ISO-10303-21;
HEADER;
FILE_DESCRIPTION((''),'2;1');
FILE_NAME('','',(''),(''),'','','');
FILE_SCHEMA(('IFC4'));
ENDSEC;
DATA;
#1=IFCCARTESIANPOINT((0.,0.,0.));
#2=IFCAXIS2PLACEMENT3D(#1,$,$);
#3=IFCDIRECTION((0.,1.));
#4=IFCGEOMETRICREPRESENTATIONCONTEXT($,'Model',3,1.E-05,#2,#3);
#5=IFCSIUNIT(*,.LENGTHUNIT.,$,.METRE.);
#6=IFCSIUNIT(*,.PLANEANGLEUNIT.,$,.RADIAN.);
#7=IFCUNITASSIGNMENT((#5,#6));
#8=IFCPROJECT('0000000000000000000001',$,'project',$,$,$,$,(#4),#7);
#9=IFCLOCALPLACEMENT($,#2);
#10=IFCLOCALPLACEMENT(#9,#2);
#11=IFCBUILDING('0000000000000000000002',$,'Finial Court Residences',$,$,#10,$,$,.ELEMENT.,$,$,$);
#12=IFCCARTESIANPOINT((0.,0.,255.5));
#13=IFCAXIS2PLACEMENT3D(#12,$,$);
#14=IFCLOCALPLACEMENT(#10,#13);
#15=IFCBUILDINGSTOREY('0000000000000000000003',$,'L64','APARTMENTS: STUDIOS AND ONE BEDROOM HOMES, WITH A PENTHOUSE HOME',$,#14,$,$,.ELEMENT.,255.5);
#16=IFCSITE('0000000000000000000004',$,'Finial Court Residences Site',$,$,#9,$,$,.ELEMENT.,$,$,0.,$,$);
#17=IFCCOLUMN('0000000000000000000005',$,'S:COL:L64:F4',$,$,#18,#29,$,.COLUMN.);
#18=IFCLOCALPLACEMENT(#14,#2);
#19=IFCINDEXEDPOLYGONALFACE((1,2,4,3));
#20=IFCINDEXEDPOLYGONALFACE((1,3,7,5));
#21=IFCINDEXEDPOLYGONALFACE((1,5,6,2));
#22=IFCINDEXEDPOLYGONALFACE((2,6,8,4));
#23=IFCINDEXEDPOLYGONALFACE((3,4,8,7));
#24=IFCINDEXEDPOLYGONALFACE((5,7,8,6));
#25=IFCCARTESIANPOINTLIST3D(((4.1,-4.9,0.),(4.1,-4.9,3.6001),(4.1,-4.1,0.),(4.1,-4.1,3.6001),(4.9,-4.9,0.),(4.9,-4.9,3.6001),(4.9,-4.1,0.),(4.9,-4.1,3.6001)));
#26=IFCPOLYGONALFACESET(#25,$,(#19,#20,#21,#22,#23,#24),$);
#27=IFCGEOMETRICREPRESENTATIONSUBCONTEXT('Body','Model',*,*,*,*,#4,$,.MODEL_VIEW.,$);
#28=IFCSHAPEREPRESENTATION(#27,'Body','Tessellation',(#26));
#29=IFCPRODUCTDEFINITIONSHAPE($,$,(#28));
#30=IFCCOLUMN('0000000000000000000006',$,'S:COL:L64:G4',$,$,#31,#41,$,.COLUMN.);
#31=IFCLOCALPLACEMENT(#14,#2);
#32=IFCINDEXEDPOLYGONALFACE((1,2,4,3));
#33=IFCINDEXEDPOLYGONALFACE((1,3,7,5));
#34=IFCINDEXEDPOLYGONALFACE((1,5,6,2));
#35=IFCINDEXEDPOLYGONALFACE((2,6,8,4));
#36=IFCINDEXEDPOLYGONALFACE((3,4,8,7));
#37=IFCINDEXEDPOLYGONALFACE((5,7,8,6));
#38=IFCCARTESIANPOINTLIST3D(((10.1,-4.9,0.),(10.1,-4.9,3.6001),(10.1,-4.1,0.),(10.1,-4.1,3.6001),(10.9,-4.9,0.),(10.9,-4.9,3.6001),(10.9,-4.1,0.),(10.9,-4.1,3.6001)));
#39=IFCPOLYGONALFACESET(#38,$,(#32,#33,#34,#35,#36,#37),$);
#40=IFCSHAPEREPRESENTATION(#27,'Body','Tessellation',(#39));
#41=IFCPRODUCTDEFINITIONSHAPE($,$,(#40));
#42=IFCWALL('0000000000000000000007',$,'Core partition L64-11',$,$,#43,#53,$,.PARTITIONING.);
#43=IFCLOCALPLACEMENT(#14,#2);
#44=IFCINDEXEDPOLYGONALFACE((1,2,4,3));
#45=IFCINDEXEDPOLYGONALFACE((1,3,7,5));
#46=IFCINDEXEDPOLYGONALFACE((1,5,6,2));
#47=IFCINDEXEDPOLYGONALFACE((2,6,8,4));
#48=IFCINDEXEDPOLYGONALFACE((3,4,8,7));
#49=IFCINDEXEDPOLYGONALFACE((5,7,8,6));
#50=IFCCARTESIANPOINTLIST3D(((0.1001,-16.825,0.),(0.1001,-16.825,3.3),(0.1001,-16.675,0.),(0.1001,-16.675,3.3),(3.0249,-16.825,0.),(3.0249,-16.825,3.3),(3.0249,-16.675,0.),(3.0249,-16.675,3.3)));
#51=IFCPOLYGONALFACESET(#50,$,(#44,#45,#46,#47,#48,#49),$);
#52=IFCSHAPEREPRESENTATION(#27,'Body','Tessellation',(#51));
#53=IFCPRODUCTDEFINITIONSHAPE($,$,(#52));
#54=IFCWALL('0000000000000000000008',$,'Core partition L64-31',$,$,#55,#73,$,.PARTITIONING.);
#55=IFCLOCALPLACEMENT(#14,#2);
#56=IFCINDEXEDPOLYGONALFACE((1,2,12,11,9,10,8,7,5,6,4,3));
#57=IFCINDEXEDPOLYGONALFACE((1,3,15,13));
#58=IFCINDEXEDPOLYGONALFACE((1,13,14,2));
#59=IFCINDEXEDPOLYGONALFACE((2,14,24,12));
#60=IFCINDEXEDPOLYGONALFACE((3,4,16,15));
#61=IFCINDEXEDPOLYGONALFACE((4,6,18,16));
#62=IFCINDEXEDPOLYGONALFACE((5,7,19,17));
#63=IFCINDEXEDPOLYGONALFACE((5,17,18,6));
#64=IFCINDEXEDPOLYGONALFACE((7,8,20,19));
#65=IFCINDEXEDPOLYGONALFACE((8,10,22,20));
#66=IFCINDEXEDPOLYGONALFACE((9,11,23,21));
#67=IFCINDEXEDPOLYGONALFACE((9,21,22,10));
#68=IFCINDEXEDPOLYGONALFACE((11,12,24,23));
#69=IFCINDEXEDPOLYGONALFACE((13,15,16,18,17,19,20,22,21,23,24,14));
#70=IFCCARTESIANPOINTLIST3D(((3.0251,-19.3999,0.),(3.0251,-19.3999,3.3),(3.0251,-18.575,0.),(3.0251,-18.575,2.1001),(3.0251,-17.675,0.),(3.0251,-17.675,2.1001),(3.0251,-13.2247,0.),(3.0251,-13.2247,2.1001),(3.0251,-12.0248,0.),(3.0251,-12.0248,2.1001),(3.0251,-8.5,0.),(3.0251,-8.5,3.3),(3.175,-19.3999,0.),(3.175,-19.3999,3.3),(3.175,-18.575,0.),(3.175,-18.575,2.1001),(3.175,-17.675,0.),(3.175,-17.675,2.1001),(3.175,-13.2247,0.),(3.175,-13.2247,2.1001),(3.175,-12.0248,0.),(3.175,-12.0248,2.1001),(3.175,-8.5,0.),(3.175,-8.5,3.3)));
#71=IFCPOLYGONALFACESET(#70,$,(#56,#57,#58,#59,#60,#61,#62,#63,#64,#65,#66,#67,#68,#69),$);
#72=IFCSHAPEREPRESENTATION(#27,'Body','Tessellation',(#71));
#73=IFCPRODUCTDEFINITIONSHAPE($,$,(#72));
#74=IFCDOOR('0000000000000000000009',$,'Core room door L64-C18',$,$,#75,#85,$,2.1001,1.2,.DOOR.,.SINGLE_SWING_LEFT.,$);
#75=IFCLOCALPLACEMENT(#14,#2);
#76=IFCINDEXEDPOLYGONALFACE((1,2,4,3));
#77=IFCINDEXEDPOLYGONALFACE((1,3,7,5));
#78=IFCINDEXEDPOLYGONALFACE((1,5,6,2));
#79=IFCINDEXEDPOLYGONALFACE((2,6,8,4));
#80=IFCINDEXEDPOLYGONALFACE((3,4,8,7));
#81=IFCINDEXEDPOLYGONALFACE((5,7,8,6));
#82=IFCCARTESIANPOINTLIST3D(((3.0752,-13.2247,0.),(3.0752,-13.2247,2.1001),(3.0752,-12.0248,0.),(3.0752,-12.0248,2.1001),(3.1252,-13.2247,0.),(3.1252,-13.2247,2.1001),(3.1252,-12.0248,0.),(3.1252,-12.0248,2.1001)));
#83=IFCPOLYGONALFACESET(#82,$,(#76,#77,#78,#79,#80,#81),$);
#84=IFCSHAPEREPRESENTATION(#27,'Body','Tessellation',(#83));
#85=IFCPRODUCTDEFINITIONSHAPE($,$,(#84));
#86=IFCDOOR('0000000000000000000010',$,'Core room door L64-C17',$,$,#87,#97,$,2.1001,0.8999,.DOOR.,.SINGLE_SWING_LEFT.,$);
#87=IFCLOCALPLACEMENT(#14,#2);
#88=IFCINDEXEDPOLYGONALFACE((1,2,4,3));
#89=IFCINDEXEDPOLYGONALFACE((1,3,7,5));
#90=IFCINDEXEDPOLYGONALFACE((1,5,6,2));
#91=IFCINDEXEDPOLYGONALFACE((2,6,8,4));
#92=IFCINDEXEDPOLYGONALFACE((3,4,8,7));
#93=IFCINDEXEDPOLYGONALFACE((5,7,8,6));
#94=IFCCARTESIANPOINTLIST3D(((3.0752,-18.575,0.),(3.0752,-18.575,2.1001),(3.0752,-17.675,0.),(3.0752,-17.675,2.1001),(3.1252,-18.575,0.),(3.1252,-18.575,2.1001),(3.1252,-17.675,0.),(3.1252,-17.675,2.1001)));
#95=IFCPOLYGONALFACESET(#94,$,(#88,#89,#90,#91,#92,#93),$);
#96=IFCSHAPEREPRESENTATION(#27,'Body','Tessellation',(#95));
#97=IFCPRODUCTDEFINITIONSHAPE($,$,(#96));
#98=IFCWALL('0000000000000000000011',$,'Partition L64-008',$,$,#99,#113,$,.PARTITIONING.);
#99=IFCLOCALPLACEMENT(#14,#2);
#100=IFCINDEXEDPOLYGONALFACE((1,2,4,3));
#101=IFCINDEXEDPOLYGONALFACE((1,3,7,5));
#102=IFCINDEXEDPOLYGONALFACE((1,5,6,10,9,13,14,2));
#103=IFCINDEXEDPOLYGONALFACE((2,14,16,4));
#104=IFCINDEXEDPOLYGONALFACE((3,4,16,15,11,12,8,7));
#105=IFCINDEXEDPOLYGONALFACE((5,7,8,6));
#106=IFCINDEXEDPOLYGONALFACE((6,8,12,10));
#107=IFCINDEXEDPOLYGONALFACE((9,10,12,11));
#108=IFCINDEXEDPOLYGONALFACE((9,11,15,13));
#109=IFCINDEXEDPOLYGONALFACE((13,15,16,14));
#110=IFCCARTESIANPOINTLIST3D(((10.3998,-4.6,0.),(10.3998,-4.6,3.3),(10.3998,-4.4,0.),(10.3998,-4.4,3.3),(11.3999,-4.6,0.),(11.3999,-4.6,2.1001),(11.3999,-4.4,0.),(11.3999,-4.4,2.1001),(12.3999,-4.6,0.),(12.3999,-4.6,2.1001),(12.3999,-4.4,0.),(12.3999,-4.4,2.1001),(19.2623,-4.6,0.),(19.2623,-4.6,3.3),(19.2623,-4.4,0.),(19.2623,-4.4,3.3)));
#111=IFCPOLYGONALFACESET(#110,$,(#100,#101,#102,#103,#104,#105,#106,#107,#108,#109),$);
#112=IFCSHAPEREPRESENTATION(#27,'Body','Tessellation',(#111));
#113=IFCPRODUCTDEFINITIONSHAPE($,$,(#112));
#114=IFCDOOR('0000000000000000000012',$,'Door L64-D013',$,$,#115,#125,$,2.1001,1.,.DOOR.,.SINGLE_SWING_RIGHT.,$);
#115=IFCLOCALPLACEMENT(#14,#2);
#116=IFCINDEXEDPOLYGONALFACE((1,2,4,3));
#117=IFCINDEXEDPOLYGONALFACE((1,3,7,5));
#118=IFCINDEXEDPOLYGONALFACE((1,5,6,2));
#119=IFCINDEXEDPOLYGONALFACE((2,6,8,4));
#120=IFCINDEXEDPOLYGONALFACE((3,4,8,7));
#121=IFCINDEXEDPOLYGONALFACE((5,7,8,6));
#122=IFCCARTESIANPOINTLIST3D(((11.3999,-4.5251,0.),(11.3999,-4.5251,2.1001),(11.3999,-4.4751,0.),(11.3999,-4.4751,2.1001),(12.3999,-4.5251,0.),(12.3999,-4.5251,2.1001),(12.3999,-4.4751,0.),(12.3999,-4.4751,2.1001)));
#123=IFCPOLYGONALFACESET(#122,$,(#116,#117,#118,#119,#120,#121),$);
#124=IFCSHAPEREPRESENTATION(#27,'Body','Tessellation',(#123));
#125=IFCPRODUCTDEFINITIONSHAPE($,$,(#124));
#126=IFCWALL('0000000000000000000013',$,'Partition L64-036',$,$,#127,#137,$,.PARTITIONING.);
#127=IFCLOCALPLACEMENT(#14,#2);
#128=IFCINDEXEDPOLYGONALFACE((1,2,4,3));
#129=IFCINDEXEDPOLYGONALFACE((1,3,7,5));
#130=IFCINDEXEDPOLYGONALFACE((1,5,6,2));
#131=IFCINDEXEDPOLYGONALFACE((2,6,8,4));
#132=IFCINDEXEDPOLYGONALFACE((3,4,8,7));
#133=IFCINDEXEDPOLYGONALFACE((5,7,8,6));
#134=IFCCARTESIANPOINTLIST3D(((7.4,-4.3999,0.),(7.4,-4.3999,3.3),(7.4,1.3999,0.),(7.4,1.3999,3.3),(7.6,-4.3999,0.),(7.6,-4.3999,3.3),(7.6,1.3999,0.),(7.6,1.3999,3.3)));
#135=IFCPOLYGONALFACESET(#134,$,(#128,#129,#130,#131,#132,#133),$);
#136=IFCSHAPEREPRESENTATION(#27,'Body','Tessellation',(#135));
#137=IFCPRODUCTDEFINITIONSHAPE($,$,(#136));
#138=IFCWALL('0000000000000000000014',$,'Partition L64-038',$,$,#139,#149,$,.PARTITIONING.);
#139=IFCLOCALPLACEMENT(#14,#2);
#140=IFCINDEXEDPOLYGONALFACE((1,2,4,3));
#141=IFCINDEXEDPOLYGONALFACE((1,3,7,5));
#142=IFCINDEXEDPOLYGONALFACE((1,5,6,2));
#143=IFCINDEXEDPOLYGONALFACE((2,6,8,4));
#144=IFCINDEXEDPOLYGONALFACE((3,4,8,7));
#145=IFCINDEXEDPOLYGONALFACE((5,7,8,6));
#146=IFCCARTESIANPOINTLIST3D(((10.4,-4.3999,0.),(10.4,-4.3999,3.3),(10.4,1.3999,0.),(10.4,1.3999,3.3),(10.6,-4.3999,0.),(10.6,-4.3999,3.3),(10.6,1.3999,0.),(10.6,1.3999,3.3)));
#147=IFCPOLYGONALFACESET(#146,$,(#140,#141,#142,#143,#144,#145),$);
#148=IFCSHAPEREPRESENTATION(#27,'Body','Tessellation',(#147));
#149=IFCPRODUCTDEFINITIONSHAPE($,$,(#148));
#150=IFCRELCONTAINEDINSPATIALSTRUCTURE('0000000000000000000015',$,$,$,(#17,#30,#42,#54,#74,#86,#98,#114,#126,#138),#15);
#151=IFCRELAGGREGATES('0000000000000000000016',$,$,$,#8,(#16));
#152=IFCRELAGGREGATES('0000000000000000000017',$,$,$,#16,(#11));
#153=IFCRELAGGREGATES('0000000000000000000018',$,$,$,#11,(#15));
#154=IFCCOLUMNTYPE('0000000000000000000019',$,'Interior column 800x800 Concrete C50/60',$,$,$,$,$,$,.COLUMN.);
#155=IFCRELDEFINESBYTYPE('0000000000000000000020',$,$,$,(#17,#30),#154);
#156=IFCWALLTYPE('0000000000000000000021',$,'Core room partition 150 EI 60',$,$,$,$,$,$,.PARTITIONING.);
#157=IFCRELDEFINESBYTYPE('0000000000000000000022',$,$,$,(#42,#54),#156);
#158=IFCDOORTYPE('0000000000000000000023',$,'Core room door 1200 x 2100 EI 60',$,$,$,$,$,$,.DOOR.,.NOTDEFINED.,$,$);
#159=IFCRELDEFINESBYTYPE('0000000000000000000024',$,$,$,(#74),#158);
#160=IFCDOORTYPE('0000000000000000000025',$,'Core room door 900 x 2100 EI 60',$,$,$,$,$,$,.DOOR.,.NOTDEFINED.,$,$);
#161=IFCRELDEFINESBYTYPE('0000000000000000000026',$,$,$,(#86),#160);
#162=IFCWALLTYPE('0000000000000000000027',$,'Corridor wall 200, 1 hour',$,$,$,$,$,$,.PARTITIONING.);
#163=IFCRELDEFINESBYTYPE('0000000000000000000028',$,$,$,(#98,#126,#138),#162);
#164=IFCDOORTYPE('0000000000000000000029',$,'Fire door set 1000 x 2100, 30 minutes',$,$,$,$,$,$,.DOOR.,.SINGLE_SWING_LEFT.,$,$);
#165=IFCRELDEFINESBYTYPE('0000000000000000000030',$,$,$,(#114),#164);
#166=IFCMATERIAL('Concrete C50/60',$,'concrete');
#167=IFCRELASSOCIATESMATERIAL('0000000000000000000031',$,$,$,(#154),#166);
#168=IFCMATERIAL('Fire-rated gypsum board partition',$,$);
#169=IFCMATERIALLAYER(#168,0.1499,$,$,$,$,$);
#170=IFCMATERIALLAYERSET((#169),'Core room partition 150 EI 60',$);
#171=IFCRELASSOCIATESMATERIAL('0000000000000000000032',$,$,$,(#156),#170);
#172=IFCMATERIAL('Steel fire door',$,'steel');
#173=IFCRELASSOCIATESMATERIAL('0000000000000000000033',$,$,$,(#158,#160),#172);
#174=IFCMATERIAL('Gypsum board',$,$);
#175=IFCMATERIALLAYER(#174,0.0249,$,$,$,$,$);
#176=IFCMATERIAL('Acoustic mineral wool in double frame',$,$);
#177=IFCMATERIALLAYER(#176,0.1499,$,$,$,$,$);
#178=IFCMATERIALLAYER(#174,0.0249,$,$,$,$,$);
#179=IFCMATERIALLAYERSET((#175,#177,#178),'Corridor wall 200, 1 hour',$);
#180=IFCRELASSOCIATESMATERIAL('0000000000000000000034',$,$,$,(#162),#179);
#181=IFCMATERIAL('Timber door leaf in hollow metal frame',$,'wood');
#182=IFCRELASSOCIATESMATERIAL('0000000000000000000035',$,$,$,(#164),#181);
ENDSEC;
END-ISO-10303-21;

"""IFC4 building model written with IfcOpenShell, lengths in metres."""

from ifc_helpers import new_model, si_unit, direction, frame, frame_2d, origin, origin_2d, place, context, subcontext, project, spatial, rectangle, extrude, material, layer, layer_set, material_profile, profile_set, type_object, element, fill, save


model = new_model("IFC4")

# Units and contexts
model_context = context("Model", 3, precision=1e-05, world=origin(), true_north=direction((0.0, 1.0)))
body_context = subcontext(model_context, "Body", "Model", "MODEL_VIEW")
ifc_project = project(units=[si_unit("LENGTHUNIT", "METRE"), si_unit("PLANEANGLEUNIT", "RADIAN")], contexts=[model_context])

# Site, building, storey
site_placement = place(None, origin())
site = spatial("IfcSite", under=ifc_project, at=site_placement, Name="Finial Court Residences Site", CompositionType="ELEMENT", RefElevation=0.0)
building_placement = place(site_placement, origin())
building = spatial("IfcBuilding", under=site, at=building_placement, Name="Finial Court Residences", CompositionType="ELEMENT")
storey_placement = place(building_placement, frame((0.0, 0.0, 255.5)))
storey = spatial("IfcBuildingStorey", under=building, at=storey_placement, Name="L64", Description="APARTMENTS: STUDIOS AND ONE BEDROOM HOMES, WITH A PENTHOUSE HOME", CompositionType="ELEMENT", Elevation=255.5)

# Columns
ifc_material_1 = material(Name="Concrete C50/60", Category="concrete")
ifc_material_profile = material_profile(ifc_material_1, rectangle(XDim=0.8, YDim=0.8, at=origin_2d()), Name="800x800")
ifc_profile_set = profile_set([ifc_material_profile], Name="Concrete C50/60")
column_type = type_object("IfcColumnType", Name="Interior column 800x800 Concrete C50/60", PredefinedType="COLUMN", material=ifc_profile_set)
for number, where, z_axis, x_axis, name in (
    (1, (4.5, -4.5, 0.0), (0.0, 0.0, 1.0), (1.0, 0.0, 0.0), "S:COL:L64:F4"),
    (2, (10.5, -4.5, 0.0), (0.0, 0.0, 1.0), (1.0, 0.0, 0.0), "S:COL:L64:G4"),
):
    element("IfcColumn", number, at=place(storey_placement, frame(where, z_axis=z_axis, x_axis=x_axis)), inside=storey, type_object=column_type, Name=name, PredefinedType="COLUMN", context=body_context, shape_type="SweptSolid", body=[
        extrude(rectangle(XDim=0.8, YDim=0.8, at=origin_2d()), origin(), (0.0, 0.0, 1.0), 3.6001),
    ])

# Wall
ifc_material_2 = material(Name="Fire-rated gypsum board partition")
ifc_layer_1 = layer(ifc_material_2, 0.1499)
ifc_layer_set_1 = layer_set([ifc_layer_1], Name="Core room partition 150 EI 60")
wall_type_1 = type_object("IfcWallType", Name="Core room partition 150 EI 60", PredefinedType="PARTITIONING", material=ifc_layer_set_1)
wall_1_placement = place(storey_placement, frame((0.1001, -16.75, 0.0), z_axis=(0.0, 0.0, 1.0), x_axis=(1.0, 0.0, 0.0)))
element("IfcWall", 3, at=wall_1_placement, inside=storey, type_object=wall_type_1, Name="Core partition L64-11", PredefinedType="PARTITIONING", context=body_context, shape_type="SweptSolid", body=[
    extrude(rectangle(XDim=2.9248, YDim=0.1499, at=frame_2d((1.4624, 0.0))), origin(), (0.0, 0.0, 1.0), 3.3),
])

# Wall, openings, doors
wall_2_placement = place(storey_placement, frame((3.1001, -19.3999, 0.0), z_axis=(0.0, 0.0, 1.0), x_axis=(0.0, 1.0, 0.0)))
wall_2 = element("IfcWall", 4, at=wall_2_placement, inside=storey, type_object=wall_type_1, Name="Core partition L64-31", PredefinedType="PARTITIONING", context=body_context, shape_type="SweptSolid", body=[
    extrude(rectangle(XDim=10.8999, YDim=0.1499, at=frame_2d((5.45, 0.0))), origin(), (0.0, 0.0, 1.0), 3.3),
])
opening_1_placement = place(wall_2_placement, frame((0.825, 0.0, 0.0)))
opening_1 = element("IfcOpeningElement", 5, at=opening_1_placement, cuts=wall_2, PredefinedType="OPENING", context=body_context, shape_type="SweptSolid", body=[
    extrude(rectangle(XDim=0.8999, YDim=2.1001, at=frame_2d((0.45, 1.05))), frame((0.0, 0.085, 0.0), z_axis=(0.0, -1.0, 0.0), x_axis=(1.0, 0.0, 0.0)), (0.0, 0.0, 1.0), 0.1699),
])
opening_2_placement = place(wall_2_placement, frame((6.175, 0.0, 0.0)))
opening_2 = element("IfcOpeningElement", 6, at=opening_2_placement, cuts=wall_2, PredefinedType="OPENING", context=body_context, shape_type="SweptSolid", body=[
    extrude(rectangle(XDim=1.2, YDim=2.1001, at=frame_2d((0.6001, 1.05))), frame((0.0, 0.085, 0.0), z_axis=(0.0, -1.0, 0.0), x_axis=(1.0, 0.0, 0.0)), (0.0, 0.0, 1.0), 0.1699),
])
ifc_material_3 = material(Name="Steel fire door", Category="steel")
door_type_1 = type_object("IfcDoorType", Name="Core room door 1200 x 2100 EI 60", OperationType="NOTDEFINED", PredefinedType="DOOR", material=ifc_material_3)
door_1_placement = place(opening_2_placement, origin())
door_1 = element("IfcDoor", 7, at=door_1_placement, inside=storey, type_object=door_type_1, Name="Core room door L64-C18", OperationType="SINGLE_SWING_LEFT", OverallHeight=2.1001, OverallWidth=1.2, PredefinedType="DOOR", context=body_context, shape_type="SweptSolid", body=[
    extrude(rectangle(XDim=1.2, YDim=2.1001, at=frame_2d((0.6001, 1.05))), frame((0.0, 0.0249, 0.0), z_axis=(0.0, -1.0, 0.0), x_axis=(1.0, 0.0, 0.0)), (0.0, 0.0, 1.0), 0.05),
])
fill(opening_2, door_1)
door_type_2 = type_object("IfcDoorType", Name="Core room door 900 x 2100 EI 60", OperationType="NOTDEFINED", PredefinedType="DOOR", material=ifc_material_3)
door_2_placement = place(opening_1_placement, origin())
door_2 = element("IfcDoor", 8, at=door_2_placement, inside=storey, type_object=door_type_2, Name="Core room door L64-C17", OperationType="SINGLE_SWING_LEFT", OverallHeight=2.1001, OverallWidth=0.8999, PredefinedType="DOOR", context=body_context, shape_type="SweptSolid", body=[
    extrude(rectangle(XDim=0.8999, YDim=2.1001, at=frame_2d((0.45, 1.05))), frame((0.0, 0.0249, 0.0), z_axis=(0.0, -1.0, 0.0), x_axis=(1.0, 0.0, 0.0)), (0.0, 0.0, 1.0), 0.05),
])
fill(opening_1, door_2)

# Wall, opening, door
ifc_material_4 = material(Name="Gypsum board")
ifc_layer_2 = layer(ifc_material_4, 0.0249)
ifc_material_5 = material(Name="Acoustic mineral wool in double frame")
ifc_layer_3 = layer(ifc_material_5, 0.1499)
ifc_layer_4 = layer(ifc_material_4, 0.0249)
ifc_layer_set_2 = layer_set([ifc_layer_2, ifc_layer_3, ifc_layer_4], Name="Corridor wall 200, 1 hour")
wall_type_2 = type_object("IfcWallType", Name="Corridor wall 200, 1 hour", PredefinedType="PARTITIONING", material=ifc_layer_set_2)
wall_3_placement = place(storey_placement, frame((10.3999, -4.5, 0.0), z_axis=(0.0, 0.0, 1.0), x_axis=(1.0, 0.0, 0.0)))
wall_3 = element("IfcWall", 9, at=wall_3_placement, inside=storey, type_object=wall_type_2, Name="Partition L64-008", PredefinedType="PARTITIONING", context=body_context, shape_type="SweptSolid", body=[
    extrude(rectangle(XDim=8.8625, YDim=0.2, at=frame_2d((4.4312, 0.0))), origin(), (0.0, 0.0, 1.0), 3.3),
])
opening_3_placement = place(wall_3_placement, frame((1.0, 0.0, 0.0)))
opening_3 = element("IfcOpeningElement", 10, at=opening_3_placement, cuts=wall_3, PredefinedType="OPENING", context=body_context, shape_type="SweptSolid", body=[
    extrude(rectangle(XDim=1.0, YDim=2.1001, at=frame_2d((0.5, 1.05))), frame((0.0, 0.1099, 0.0), z_axis=(0.0, -1.0, 0.0), x_axis=(1.0, 0.0, 0.0)), (0.0, 0.0, 1.0), 0.22),
])
ifc_material_6 = material(Name="Timber door leaf in hollow metal frame", Category="wood")
door_type_3 = type_object("IfcDoorType", Name="Fire door set 1000 x 2100, 30 minutes", OperationType="SINGLE_SWING_LEFT", PredefinedType="DOOR", material=ifc_material_6)
door_3_placement = place(opening_3_placement, origin())
door_3 = element("IfcDoor", 11, at=door_3_placement, inside=storey, type_object=door_type_3, Name="Door L64-D013", OperationType="SINGLE_SWING_RIGHT", OverallHeight=2.1001, OverallWidth=1.0, PredefinedType="DOOR", context=body_context, shape_type="SweptSolid", body=[
    extrude(rectangle(XDim=1.0, YDim=2.1001, at=frame_2d((0.5, 1.05))), frame((0.0, 0.0249, 0.0), z_axis=(0.0, -1.0, 0.0), x_axis=(1.0, 0.0, 0.0)), (0.0, 0.0, 1.0), 0.05),
])
fill(opening_3, door_3)

# Walls
for number, where, z_axis, x_axis, name in (
    (12, (7.5, -4.3999, 0.0), (0.0, 0.0, 1.0), (0.0, 1.0, 0.0), "Partition L64-036"),
    (13, (10.5, -4.3999, 0.0), (0.0, 0.0, 1.0), (0.0, 1.0, 0.0), "Partition L64-038"),
):
    element("IfcWall", number, at=place(storey_placement, frame(where, z_axis=z_axis, x_axis=x_axis)), inside=storey, type_object=wall_type_2, Name=name, PredefinedType="PARTITIONING", context=body_context, shape_type="SweptSolid", body=[
        extrude(rectangle(XDim=5.7998, YDim=0.2, at=frame_2d((2.8999, 0.0))), origin(), (0.0, 0.0, 1.0), 3.3),
    ])

save(model, "model.ifc")
